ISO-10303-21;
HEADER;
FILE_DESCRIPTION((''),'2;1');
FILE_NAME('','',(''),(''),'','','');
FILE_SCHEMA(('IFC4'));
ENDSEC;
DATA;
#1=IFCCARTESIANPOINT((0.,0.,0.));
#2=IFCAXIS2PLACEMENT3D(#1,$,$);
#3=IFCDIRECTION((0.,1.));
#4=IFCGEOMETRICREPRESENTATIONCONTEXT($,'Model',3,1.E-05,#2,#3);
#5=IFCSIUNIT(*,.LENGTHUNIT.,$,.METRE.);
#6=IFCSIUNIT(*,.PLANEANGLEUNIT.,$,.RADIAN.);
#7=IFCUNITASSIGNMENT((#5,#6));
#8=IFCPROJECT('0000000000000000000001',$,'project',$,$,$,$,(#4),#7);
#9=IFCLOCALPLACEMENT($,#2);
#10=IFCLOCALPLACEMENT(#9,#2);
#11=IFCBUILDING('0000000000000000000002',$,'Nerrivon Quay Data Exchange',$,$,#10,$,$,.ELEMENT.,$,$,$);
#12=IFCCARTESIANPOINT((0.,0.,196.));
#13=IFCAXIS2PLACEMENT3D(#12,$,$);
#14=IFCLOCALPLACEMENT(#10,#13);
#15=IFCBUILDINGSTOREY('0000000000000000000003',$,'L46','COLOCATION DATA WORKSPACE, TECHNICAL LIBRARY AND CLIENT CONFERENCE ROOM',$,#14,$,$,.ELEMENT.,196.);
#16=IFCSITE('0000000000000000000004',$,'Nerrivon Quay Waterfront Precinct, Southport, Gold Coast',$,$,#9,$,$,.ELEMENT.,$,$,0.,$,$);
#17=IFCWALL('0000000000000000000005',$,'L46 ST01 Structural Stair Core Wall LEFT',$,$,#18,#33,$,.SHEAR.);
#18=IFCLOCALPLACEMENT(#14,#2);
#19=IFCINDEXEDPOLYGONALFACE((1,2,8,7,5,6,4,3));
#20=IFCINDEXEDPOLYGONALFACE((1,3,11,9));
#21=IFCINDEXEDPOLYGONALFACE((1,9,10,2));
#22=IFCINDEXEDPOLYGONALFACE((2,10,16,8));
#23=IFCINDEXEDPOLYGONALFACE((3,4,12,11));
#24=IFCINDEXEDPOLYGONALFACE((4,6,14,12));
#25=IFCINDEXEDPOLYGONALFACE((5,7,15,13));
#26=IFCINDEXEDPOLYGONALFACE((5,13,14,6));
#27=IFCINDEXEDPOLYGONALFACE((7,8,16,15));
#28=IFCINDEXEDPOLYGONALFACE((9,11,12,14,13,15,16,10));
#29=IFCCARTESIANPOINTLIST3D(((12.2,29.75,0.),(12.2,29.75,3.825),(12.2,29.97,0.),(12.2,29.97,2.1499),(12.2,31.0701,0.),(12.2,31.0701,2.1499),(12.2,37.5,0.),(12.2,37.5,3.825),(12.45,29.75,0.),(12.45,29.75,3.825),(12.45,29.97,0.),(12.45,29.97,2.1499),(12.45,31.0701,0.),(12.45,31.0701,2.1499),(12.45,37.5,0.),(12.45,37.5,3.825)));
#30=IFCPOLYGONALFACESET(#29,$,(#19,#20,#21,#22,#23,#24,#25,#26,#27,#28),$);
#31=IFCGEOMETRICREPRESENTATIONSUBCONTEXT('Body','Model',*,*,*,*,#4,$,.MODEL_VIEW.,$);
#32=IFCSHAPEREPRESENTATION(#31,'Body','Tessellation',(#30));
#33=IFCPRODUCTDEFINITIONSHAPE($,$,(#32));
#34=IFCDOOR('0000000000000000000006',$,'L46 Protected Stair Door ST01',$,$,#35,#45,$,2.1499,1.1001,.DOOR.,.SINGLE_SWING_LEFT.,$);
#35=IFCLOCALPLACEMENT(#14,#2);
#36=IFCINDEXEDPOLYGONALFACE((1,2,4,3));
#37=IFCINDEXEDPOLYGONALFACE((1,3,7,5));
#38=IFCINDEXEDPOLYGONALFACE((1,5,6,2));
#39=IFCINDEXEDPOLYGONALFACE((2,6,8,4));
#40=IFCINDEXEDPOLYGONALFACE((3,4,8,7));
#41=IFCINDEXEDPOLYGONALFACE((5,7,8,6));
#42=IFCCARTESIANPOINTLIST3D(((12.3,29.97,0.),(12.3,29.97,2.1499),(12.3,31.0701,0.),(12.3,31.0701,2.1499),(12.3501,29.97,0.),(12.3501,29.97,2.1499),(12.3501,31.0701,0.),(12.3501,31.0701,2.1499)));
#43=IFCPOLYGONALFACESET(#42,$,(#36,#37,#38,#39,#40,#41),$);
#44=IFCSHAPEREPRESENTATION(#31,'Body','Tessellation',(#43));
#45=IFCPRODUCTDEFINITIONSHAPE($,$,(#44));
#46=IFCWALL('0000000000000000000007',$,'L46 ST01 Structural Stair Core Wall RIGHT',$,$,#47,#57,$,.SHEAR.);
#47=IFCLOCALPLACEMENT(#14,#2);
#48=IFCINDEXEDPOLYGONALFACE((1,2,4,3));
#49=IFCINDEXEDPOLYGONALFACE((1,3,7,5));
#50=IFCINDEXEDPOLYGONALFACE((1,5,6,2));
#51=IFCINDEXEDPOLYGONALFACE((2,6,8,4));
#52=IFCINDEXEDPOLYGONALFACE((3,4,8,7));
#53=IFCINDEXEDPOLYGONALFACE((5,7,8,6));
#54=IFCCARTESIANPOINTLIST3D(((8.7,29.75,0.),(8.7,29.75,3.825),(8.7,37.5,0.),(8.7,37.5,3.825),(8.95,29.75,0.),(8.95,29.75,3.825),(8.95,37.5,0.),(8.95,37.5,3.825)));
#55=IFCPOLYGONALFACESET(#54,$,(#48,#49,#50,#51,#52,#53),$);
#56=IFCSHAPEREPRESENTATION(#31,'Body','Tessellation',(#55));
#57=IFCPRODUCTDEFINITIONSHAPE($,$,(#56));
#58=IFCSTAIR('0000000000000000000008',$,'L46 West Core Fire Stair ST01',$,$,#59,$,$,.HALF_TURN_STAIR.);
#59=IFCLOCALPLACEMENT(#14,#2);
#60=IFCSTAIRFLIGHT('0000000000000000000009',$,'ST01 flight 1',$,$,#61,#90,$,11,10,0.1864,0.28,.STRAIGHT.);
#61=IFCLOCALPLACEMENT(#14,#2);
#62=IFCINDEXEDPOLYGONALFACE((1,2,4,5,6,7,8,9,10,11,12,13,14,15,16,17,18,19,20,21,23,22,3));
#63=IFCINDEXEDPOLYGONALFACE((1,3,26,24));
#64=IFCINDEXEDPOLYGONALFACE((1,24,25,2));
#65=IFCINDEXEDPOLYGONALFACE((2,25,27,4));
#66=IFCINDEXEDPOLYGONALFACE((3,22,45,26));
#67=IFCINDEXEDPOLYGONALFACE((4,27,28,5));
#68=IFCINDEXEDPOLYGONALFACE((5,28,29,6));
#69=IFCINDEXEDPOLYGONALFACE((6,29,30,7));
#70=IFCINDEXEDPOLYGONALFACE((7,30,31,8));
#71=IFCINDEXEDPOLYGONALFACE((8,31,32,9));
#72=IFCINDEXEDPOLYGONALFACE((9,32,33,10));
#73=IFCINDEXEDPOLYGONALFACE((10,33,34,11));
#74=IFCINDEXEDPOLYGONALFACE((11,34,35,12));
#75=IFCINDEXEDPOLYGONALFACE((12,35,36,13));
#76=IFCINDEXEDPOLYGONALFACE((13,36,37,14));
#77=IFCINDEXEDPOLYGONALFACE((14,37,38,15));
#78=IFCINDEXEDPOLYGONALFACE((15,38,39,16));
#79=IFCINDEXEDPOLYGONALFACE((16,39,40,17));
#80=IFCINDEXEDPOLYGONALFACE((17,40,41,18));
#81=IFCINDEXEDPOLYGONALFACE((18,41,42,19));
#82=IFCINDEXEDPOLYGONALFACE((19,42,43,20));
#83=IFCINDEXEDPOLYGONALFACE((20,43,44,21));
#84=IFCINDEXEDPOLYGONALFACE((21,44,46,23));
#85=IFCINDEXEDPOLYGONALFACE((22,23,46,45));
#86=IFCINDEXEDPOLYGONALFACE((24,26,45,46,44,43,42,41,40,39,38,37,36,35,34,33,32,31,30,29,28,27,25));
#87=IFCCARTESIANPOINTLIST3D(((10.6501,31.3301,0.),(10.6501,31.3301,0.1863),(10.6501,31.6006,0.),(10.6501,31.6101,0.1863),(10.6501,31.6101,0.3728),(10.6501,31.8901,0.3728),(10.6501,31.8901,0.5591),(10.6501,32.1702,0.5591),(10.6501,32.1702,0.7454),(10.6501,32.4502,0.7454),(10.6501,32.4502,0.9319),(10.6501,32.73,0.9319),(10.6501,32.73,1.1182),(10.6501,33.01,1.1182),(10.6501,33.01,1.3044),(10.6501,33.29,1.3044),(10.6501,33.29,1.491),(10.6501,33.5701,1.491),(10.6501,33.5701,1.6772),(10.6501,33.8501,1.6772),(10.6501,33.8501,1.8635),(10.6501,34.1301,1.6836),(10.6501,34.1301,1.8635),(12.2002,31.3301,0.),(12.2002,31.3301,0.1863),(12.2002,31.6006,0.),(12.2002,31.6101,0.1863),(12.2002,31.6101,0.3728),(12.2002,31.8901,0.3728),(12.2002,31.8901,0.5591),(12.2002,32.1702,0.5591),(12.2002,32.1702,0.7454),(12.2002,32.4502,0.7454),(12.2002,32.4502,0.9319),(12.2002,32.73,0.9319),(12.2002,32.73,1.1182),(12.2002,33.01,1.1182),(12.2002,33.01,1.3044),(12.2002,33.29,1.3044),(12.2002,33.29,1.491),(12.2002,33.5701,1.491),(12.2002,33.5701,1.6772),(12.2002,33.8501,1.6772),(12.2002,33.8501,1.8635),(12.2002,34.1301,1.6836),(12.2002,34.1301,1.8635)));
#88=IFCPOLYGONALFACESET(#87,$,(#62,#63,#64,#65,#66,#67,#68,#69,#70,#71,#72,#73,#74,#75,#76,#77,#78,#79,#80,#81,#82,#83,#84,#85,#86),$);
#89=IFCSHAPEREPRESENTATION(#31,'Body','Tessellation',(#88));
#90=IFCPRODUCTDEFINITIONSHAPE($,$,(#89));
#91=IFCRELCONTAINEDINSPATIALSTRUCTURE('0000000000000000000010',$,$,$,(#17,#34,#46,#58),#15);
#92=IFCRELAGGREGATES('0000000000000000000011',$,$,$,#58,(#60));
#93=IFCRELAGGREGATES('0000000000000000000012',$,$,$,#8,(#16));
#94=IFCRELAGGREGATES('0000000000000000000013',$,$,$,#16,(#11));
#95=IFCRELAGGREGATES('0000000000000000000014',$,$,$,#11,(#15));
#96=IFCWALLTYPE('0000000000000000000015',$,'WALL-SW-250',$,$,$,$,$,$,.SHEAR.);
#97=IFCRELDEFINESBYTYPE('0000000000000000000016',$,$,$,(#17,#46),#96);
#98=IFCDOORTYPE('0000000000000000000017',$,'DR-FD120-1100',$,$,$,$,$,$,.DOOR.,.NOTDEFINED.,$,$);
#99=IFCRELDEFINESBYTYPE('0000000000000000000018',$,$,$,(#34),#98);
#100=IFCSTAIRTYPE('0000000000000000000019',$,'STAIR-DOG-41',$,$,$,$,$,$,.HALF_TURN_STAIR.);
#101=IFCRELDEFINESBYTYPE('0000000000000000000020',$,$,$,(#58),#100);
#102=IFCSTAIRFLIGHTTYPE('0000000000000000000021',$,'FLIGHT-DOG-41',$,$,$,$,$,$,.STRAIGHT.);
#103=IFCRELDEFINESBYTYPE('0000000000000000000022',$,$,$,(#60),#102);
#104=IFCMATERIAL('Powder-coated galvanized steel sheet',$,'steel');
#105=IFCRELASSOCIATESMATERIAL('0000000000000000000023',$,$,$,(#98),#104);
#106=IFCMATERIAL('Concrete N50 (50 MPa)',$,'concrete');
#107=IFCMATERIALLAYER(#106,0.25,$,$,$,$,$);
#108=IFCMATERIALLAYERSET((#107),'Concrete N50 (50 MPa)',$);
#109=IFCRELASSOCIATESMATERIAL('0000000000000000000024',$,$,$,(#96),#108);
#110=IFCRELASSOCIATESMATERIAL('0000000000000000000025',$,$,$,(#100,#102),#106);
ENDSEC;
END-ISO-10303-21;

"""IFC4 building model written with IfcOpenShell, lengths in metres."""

from ifc_helpers import new_model, si_unit, direction, frame, frame_2d, origin, place, context, subcontext, project, spatial, polyline, rectangle, outline, extrude, material, layer, layer_set, type_object, element, fill, aggregate, save


model = new_model("IFC4")

# Units and contexts
model_context = context("Model", 3, precision=1e-05, world=origin(), true_north=direction((0.0, 1.0)))
body_context = subcontext(model_context, "Body", "Model", "MODEL_VIEW")
ifc_project = project(units=[si_unit("LENGTHUNIT", "METRE"), si_unit("PLANEANGLEUNIT", "RADIAN")], contexts=[model_context])

# Site, building, storey
site_placement = place(None, origin())
site = spatial("IfcSite", under=ifc_project, at=site_placement, Name="Nerrivon Quay Waterfront Precinct, Southport, Gold Coast", CompositionType="ELEMENT", RefElevation=0.0)
building_placement = place(site_placement, origin())
building = spatial("IfcBuilding", under=site, at=building_placement, Name="Nerrivon Quay Data Exchange", CompositionType="ELEMENT")
storey_placement = place(building_placement, frame((0.0, 0.0, 196.0)))
storey = spatial("IfcBuildingStorey", under=building, at=storey_placement, Name="L46", Description="COLOCATION DATA WORKSPACE, TECHNICAL LIBRARY AND CLIENT CONFERENCE ROOM", CompositionType="ELEMENT", Elevation=196.0)

# Shared definitions
ifc_material_1 = material(Name="Powder-coated galvanized steel sheet", Category="steel")
door_type_1 = type_object("IfcDoorType", Name="DR-FD120-1100", OperationType="NOTDEFINED", PredefinedType="DOOR", material=ifc_material_1)

# Shared definitions
ifc_material_2 = material(Name="Concrete N50 (50 MPa)", Category="concrete")
ifc_layer_1 = layer(ifc_material_2, 0.25)
ifc_layer_set_1 = layer_set([ifc_layer_1], Name="Concrete N50 (50 MPa)")
wall_type_1 = type_object("IfcWallType", Name="WALL-SW-250", PredefinedType="SHEAR", material=ifc_layer_set_1)

# Wall, opening, door
wall_1_placement = place(storey_placement, frame((12.325, 29.75, 0.0), z_axis=(0.0, 0.0, 1.0), x_axis=(0.0, 1.0, 0.0)))
wall_1 = element("IfcWall", 1, at=wall_1_placement, inside=storey, type_object=wall_type_1, Name="L46 ST01 Structural Stair Core Wall LEFT", PredefinedType="SHEAR", context=body_context, shape_type="SweptSolid", body=[
    extrude(rectangle(XDim=7.75, YDim=0.25, at=frame_2d((3.875, 0.0))), origin(), (0.0, 0.0, 1.0), 3.825),
])
opening_1_placement = place(wall_1_placement, frame((0.22, 0.0, 0.0)))
opening_1 = element("IfcOpeningElement", 2, at=opening_1_placement, cuts=wall_1, PredefinedType="OPENING", context=body_context, shape_type="SweptSolid", body=[
    extrude(rectangle(XDim=1.1001, YDim=2.1499, at=frame_2d((0.55, 1.075))), frame((0.0, 0.135, 0.0), z_axis=(0.0, -1.0, 0.0), x_axis=(1.0, 0.0, 0.0)), (0.0, 0.0, 1.0), 0.27),
])
door_1_placement = place(opening_1_placement, origin())
door_1 = element("IfcDoor", 3, at=door_1_placement, inside=storey, type_object=door_type_1, Name="L46 Protected Stair Door ST01", OperationType="SINGLE_SWING_LEFT", OverallHeight=2.1499, OverallWidth=1.1001, PredefinedType="DOOR", context=body_context, shape_type="SweptSolid", body=[
    extrude(rectangle(XDim=1.1001, YDim=2.1499, at=frame_2d((0.55, 1.075))), frame((0.0, 0.0249, 0.0), z_axis=(0.0, -1.0, 0.0), x_axis=(1.0, 0.0, 0.0)), (0.0, 0.0, 1.0), 0.05),
])
fill(opening_1, door_1)

# Wall
wall_2_placement = place(storey_placement, frame((8.825, 29.75, 0.0), z_axis=(0.0, 0.0, 1.0), x_axis=(0.0, 1.0, 0.0)))
element("IfcWall", 4, at=wall_2_placement, inside=storey, type_object=wall_type_1, Name="L46 ST01 Structural Stair Core Wall RIGHT", PredefinedType="SHEAR", context=body_context, shape_type="SweptSolid", body=[
    extrude(rectangle(XDim=7.75, YDim=0.25, at=frame_2d((3.875, 0.0))), origin(), (0.0, 0.0, 1.0), 3.825),
])

# Stair, stair flight
stair_type = type_object("IfcStairType", Name="STAIR-DOG-41", PredefinedType="HALF_TURN_STAIR", material=ifc_material_2)
stair_placement = place(storey_placement, origin())
stair = element("IfcStair", 5, at=stair_placement, inside=storey, type_object=stair_type, Name="L46 West Core Fire Stair ST01", PredefinedType="HALF_TURN_STAIR")
stair_flight_type = type_object("IfcStairFlightType", Name="FLIGHT-DOG-41", PredefinedType="STRAIGHT", material=ifc_material_2)
stair_flight_placement = place(storey_placement, frame((11.425, 31.3301, 0.0), z_axis=(0.0, 0.0, 1.0), x_axis=(0.0, 1.0, 0.0)))
stair_flight = element("IfcStairFlight", 6, at=stair_flight_placement, type_object=stair_flight_type, Name="ST01 flight 1", NumberOfRisers=11, NumberOfTreads=10, PredefinedType="STRAIGHT", RiserHeight=0.1864, TreadLength=0.28, context=body_context, shape_type="SweptSolid", body=[
    extrude(outline(polyline([(0.0, 0.0), (0.0, 0.1863), (0.28, 0.1863), (0.28, 0.3728), (0.5601, 0.3728), (0.5601, 0.5591), (0.8401, 0.5591), (0.8401, 0.7454), (1.1201, 0.7454), (1.1201, 0.9319), (1.3999, 0.9319), (1.3999, 1.1182), (1.6799, 1.1182), (1.6799, 1.3044), (1.96, 1.3044), (1.96, 1.491), (2.24, 1.491), (2.24, 1.6772), (2.52, 1.6772), (2.52, 1.8635), (2.8, 1.8635), (2.8, 2.05), (2.8, 1.6836), (0.2705, 0.0), (0.0, 0.0)])), frame((0.0, 0.7749, 0.0), z_axis=(0.0, -1.0, 0.0), x_axis=(1.0, 0.0, 0.0)), (0.0, 0.0, 1.0), 1.55),
])
aggregate(stair, [stair_flight])

save(model, "model.ifc")
